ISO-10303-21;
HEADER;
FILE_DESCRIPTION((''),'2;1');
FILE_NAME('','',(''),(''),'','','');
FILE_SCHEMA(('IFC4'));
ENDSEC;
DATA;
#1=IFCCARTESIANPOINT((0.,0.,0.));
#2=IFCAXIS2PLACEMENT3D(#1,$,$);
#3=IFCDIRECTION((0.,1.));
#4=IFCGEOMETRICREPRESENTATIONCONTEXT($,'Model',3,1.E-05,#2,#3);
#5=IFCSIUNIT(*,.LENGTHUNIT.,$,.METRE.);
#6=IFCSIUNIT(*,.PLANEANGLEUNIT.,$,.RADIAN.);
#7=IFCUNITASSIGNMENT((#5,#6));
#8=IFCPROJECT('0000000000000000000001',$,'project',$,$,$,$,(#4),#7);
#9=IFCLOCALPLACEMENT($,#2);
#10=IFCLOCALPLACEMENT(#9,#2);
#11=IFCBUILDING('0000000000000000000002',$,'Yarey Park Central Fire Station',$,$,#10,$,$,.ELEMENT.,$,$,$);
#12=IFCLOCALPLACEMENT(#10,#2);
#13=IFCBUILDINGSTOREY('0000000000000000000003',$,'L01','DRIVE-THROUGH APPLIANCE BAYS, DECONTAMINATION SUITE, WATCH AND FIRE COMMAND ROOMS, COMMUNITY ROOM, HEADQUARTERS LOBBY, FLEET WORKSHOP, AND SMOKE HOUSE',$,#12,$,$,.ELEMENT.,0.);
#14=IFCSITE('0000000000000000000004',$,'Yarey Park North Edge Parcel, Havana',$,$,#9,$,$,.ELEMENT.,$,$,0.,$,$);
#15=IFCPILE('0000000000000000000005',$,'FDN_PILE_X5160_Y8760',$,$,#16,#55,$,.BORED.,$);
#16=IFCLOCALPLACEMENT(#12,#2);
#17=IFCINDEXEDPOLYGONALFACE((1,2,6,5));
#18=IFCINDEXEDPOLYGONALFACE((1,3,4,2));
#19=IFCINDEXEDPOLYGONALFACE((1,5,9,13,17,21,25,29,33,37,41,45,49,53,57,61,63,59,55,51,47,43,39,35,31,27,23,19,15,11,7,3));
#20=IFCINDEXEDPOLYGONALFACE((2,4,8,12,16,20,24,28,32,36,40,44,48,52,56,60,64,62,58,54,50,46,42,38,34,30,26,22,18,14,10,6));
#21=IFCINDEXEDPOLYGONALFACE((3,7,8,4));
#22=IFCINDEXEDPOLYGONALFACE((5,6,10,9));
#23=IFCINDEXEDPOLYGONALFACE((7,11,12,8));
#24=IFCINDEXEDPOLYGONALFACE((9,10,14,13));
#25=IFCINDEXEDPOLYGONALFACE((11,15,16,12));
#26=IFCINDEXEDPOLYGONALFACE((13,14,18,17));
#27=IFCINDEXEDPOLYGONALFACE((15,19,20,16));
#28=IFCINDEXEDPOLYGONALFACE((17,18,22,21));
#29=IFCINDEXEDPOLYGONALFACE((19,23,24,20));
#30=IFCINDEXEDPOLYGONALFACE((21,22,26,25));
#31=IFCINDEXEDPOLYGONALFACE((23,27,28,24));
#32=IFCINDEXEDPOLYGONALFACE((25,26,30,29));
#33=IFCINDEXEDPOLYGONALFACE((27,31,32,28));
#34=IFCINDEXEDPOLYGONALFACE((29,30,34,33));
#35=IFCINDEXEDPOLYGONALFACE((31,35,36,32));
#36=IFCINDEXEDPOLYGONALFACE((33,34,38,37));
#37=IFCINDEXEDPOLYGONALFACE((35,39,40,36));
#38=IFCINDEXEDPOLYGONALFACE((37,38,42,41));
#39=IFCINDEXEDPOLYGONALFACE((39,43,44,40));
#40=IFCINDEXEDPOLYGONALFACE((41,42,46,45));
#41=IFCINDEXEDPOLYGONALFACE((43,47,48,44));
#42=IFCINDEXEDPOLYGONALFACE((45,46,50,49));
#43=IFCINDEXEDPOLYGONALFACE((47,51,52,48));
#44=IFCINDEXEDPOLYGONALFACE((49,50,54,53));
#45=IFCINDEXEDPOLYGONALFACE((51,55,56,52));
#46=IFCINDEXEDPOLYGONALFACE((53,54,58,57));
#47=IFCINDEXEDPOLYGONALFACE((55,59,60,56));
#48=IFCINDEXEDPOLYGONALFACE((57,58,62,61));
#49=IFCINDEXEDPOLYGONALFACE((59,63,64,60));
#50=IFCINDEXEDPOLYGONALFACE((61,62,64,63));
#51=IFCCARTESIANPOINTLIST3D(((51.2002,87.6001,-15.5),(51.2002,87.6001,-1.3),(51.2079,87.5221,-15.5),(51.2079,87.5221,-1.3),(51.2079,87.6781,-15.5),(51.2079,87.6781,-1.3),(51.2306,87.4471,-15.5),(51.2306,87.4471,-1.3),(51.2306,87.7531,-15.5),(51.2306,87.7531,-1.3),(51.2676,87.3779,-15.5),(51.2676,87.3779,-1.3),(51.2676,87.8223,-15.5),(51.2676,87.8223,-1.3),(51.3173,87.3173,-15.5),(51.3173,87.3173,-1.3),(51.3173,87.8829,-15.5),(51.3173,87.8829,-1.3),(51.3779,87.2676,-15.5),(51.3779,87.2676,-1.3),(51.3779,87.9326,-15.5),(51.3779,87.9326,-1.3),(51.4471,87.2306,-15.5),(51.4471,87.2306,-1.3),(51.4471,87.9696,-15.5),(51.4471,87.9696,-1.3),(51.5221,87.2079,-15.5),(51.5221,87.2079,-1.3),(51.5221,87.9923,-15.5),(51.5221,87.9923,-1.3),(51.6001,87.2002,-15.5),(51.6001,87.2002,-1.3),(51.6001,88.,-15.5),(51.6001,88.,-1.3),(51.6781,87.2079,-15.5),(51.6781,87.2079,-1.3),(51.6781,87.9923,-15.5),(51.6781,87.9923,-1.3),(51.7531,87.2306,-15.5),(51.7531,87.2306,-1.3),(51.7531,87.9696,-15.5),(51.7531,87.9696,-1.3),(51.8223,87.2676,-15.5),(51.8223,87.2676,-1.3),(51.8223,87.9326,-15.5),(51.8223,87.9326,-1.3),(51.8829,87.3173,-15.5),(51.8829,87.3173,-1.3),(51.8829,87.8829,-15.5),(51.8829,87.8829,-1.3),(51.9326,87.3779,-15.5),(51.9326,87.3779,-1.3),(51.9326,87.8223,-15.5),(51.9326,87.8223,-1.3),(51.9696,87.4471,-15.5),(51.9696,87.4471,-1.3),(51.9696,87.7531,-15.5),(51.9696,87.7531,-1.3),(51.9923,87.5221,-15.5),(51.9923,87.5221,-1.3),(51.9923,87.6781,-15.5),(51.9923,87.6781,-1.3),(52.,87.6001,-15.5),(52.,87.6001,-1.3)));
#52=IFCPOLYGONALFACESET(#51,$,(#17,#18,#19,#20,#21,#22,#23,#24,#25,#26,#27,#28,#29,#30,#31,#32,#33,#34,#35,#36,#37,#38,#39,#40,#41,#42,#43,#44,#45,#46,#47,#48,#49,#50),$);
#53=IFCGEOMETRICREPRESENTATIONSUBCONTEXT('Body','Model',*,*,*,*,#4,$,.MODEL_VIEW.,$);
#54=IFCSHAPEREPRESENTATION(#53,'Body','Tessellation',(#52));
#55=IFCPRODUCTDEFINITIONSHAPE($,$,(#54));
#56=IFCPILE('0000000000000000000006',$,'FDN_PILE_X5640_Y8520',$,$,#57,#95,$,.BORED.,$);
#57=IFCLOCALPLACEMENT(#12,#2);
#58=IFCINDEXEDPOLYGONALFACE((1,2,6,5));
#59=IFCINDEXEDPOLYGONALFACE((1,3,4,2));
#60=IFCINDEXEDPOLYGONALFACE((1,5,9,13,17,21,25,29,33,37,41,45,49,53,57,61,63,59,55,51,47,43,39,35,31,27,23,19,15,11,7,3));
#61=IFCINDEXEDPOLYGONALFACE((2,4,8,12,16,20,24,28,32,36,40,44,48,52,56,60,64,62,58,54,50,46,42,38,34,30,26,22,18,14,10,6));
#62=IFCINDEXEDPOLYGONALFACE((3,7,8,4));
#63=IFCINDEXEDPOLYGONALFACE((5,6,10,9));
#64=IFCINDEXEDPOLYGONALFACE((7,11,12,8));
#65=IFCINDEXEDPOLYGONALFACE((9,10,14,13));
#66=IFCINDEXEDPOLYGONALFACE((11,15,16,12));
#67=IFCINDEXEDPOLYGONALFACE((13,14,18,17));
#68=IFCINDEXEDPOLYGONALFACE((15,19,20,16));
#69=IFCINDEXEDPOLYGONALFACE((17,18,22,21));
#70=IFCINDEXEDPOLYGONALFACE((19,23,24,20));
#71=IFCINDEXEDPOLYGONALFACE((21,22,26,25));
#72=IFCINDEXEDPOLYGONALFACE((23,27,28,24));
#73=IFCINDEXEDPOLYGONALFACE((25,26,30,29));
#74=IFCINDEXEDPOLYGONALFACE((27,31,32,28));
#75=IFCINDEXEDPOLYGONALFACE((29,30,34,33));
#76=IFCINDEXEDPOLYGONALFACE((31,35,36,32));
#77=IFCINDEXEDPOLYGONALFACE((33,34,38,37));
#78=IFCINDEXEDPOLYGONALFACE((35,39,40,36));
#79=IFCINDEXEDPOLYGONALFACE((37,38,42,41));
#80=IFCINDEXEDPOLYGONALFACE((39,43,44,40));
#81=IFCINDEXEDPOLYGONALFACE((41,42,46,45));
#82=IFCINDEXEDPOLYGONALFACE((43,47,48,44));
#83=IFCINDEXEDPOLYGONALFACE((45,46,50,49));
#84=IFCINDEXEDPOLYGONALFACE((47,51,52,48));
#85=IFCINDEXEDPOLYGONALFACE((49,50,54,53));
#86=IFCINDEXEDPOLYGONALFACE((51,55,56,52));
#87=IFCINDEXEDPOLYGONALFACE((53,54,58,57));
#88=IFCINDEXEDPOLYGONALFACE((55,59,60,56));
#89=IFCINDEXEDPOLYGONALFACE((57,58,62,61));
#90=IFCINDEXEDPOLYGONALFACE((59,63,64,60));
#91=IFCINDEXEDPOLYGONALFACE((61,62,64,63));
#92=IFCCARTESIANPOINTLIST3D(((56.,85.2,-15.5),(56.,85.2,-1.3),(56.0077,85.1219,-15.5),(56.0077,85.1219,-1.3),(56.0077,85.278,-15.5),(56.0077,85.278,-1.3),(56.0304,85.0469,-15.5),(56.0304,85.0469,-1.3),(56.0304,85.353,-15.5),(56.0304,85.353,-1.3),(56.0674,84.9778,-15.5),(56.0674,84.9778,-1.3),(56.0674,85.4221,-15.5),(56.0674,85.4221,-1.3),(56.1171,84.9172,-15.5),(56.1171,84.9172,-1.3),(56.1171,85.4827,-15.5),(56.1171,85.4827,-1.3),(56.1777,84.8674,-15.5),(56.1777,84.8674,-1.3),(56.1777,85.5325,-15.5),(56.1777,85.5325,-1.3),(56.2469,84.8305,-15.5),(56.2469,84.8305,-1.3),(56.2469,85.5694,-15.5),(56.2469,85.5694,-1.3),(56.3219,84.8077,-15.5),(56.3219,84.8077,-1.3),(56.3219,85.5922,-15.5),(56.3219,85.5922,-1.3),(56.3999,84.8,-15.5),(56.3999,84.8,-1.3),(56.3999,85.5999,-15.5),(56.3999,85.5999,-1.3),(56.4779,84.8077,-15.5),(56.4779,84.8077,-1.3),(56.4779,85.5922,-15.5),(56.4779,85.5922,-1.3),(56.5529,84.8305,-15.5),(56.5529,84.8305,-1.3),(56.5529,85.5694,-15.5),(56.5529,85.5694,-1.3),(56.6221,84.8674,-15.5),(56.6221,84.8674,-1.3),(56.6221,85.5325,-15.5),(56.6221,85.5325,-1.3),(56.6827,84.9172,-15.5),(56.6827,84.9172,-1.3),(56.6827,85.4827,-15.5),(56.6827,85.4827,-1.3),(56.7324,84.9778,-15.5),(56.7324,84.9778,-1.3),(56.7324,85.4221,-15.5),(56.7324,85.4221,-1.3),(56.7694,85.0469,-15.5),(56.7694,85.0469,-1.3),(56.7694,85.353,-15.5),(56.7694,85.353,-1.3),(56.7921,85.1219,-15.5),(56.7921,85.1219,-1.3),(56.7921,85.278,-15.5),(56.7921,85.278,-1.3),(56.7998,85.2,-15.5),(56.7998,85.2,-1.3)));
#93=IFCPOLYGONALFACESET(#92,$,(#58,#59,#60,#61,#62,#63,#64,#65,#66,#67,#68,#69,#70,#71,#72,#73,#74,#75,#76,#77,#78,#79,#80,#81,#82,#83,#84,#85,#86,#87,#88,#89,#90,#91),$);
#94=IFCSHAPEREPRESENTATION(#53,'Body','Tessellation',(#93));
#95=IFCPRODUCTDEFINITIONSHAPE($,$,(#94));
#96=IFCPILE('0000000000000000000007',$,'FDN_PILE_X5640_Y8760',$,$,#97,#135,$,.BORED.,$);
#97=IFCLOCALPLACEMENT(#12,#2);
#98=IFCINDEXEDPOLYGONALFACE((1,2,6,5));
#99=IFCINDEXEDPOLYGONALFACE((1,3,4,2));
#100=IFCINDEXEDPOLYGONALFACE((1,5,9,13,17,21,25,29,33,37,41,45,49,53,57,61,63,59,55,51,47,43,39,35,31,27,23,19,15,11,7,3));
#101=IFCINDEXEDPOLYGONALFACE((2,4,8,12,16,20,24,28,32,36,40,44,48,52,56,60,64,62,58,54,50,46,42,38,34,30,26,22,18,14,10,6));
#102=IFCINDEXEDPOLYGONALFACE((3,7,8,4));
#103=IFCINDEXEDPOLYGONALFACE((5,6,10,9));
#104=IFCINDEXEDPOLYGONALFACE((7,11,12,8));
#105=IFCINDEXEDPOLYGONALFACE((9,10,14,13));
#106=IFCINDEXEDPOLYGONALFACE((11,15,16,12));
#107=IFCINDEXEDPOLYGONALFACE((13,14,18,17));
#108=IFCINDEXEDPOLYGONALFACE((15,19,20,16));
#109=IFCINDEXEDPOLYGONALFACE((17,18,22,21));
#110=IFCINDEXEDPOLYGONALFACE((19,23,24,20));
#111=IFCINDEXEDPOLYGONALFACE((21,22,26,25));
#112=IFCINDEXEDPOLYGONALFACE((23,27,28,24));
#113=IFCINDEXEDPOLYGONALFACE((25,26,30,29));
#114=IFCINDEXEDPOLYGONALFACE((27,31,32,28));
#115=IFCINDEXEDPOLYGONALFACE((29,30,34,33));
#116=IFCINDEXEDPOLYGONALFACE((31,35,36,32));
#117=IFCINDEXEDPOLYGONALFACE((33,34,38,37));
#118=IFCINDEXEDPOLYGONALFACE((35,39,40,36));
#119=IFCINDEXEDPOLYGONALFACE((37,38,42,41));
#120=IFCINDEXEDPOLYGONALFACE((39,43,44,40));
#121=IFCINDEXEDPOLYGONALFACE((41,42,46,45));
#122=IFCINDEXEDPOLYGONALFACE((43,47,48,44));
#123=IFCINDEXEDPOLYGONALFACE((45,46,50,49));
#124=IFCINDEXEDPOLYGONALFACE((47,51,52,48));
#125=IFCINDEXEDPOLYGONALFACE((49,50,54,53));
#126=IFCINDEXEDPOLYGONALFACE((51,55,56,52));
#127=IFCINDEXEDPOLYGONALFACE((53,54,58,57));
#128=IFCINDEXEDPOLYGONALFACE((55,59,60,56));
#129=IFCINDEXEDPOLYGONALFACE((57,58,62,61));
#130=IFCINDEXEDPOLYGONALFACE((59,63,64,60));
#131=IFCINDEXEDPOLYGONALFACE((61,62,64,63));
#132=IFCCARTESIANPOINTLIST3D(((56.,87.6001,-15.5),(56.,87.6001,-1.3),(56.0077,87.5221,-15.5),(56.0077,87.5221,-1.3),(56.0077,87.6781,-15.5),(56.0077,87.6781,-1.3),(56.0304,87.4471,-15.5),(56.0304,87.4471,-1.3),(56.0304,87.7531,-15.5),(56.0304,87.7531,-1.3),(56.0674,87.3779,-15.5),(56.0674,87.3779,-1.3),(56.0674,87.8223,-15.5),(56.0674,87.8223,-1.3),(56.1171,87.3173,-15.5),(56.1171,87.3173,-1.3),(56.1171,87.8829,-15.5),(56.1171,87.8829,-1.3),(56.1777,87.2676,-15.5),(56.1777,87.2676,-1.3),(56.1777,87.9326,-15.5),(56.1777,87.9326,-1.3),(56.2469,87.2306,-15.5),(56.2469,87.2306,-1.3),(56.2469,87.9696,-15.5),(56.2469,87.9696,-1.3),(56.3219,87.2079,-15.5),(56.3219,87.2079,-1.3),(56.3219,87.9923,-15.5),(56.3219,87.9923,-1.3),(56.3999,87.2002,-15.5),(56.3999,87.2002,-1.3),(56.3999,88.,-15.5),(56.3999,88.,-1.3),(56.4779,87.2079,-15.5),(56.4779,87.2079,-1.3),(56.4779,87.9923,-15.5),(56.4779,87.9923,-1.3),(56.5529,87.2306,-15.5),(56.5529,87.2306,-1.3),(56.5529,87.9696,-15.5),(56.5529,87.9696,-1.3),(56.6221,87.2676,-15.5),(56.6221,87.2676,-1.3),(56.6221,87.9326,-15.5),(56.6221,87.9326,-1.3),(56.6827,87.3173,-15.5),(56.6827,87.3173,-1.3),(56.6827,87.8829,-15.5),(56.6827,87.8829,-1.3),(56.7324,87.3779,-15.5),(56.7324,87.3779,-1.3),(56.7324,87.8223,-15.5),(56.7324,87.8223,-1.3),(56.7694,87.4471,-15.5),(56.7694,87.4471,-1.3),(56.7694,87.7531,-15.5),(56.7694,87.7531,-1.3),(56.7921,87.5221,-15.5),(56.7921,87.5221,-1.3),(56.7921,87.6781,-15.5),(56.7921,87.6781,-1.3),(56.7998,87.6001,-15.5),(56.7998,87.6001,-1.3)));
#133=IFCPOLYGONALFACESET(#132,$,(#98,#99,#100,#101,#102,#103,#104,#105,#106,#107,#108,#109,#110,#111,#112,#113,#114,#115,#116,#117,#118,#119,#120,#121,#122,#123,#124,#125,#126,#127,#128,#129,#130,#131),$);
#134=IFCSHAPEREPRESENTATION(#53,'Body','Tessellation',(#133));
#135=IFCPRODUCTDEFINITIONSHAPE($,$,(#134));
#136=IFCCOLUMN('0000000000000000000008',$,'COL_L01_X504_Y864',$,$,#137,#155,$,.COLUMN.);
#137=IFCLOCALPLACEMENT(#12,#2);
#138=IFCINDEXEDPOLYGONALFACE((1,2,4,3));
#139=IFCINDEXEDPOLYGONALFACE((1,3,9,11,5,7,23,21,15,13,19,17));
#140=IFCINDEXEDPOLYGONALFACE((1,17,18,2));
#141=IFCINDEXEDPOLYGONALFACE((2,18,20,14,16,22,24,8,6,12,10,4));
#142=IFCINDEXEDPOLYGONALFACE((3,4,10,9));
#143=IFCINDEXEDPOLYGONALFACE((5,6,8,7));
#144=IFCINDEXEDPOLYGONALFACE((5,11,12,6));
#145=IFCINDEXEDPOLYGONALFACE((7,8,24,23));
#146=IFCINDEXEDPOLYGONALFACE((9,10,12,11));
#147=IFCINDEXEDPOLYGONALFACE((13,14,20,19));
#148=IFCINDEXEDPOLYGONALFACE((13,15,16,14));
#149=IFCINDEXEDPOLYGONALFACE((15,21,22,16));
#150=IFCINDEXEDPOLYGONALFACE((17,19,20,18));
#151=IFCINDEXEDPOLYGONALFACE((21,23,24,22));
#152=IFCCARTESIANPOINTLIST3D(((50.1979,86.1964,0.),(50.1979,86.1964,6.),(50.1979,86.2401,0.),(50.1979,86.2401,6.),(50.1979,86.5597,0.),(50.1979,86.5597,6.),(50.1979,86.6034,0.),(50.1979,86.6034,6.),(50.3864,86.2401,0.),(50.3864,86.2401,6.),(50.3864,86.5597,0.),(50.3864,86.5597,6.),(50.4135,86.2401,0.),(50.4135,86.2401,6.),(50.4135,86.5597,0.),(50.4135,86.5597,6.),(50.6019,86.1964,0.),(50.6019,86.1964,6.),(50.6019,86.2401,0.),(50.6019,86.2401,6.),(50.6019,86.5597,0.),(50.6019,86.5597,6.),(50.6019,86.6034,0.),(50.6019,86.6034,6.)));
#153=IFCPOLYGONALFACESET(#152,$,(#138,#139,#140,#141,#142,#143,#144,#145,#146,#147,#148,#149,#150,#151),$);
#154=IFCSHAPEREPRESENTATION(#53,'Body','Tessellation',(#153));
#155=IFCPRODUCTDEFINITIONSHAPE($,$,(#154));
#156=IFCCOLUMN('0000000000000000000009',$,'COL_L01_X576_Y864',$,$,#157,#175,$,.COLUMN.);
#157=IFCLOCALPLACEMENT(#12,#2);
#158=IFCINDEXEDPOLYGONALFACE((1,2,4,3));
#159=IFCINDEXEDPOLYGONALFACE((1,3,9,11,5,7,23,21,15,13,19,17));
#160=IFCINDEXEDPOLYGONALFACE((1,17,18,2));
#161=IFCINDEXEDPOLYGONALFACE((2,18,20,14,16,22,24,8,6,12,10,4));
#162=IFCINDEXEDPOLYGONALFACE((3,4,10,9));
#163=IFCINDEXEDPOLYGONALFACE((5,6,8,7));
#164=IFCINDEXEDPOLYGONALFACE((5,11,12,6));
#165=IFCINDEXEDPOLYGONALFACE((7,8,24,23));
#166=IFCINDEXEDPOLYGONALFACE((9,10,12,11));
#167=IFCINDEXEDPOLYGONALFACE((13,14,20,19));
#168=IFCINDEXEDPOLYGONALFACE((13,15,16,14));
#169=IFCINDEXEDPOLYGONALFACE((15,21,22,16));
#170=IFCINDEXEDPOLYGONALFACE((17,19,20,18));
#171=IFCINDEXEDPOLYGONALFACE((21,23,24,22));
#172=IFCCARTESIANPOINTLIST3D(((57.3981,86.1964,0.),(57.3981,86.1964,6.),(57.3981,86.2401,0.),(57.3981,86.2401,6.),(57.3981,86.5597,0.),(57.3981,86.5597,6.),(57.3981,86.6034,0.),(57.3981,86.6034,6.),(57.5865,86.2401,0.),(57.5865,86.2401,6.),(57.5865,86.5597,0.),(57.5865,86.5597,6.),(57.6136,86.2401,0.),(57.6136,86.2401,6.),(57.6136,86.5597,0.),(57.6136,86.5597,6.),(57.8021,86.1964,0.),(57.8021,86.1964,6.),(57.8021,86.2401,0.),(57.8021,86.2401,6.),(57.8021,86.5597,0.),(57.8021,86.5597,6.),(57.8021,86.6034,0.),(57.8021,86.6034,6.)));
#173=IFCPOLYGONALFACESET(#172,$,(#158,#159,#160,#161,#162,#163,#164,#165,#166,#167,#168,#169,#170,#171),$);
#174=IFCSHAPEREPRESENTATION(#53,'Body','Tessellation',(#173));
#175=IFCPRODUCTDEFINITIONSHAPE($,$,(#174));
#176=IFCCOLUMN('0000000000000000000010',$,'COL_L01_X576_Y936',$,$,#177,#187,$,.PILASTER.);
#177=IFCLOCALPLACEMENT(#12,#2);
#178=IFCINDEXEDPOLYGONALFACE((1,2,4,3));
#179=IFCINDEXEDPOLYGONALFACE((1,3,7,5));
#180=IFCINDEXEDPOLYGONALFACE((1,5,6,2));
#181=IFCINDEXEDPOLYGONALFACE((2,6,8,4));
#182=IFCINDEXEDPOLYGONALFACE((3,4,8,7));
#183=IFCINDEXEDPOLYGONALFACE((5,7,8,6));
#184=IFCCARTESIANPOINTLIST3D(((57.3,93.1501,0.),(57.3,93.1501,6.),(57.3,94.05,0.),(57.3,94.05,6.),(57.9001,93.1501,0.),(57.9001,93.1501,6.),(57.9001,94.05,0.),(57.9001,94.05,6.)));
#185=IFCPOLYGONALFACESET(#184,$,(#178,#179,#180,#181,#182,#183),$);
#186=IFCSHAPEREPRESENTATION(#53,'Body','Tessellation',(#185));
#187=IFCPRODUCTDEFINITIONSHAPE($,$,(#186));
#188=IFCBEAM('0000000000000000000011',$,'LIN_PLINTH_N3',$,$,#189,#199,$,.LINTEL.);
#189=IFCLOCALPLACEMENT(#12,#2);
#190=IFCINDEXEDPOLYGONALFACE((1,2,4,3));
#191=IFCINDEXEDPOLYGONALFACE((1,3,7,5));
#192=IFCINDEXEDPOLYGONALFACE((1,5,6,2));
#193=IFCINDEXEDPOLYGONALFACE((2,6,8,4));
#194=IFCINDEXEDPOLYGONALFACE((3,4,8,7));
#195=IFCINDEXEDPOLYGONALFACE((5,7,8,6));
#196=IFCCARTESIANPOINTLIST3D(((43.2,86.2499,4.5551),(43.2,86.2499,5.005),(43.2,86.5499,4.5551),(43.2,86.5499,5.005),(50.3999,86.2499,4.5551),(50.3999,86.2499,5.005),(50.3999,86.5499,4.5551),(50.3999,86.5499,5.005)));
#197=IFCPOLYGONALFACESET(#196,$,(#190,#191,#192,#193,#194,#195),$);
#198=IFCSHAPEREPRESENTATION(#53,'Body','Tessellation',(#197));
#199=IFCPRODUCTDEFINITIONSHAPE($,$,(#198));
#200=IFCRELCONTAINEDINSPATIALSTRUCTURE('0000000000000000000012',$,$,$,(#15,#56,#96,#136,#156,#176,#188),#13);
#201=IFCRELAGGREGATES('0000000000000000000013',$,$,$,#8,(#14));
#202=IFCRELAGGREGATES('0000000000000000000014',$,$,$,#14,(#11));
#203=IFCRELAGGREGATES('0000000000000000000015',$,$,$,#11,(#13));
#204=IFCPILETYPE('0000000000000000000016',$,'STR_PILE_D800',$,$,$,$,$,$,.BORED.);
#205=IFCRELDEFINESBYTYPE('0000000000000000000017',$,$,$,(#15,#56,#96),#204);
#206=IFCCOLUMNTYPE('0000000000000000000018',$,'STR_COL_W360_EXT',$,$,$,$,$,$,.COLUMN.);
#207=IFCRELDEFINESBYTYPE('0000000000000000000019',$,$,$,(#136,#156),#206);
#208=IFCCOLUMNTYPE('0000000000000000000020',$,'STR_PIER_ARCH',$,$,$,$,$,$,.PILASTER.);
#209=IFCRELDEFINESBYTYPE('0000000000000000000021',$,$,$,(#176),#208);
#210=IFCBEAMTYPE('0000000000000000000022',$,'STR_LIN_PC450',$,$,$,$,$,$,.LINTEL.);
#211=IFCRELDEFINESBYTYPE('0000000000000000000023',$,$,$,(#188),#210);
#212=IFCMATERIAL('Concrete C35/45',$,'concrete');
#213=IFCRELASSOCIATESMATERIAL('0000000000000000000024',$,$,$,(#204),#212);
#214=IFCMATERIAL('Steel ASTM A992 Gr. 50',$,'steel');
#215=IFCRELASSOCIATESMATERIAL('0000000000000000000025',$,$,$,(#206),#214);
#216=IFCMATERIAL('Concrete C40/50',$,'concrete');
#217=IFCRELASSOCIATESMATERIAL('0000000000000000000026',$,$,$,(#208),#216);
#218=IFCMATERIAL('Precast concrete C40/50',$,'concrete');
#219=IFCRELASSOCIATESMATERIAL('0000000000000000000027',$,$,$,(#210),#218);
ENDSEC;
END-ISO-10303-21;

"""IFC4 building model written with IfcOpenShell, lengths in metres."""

from ifc_helpers import new_model, si_unit, direction, frame, origin, origin_2d, place, context, subcontext, project, spatial, rectangle, circle, i_section, extrude, material, material_profile, profile_set, type_object, element, save


model = new_model("IFC4")

# Units and contexts
model_context = context("Model", 3, precision=1e-05, world=origin(), true_north=direction((0.0, 1.0)))
body_context = subcontext(model_context, "Body", "Model", "MODEL_VIEW")
ifc_project = project(units=[si_unit("LENGTHUNIT", "METRE"), si_unit("PLANEANGLEUNIT", "RADIAN")], contexts=[model_context])

# Site, building, storey
site_placement = place(None, origin())
site = spatial("IfcSite", under=ifc_project, at=site_placement, Name="Yarey Park North Edge Parcel, Havana", CompositionType="ELEMENT", RefElevation=0.0)
building_placement = place(site_placement, origin())
building = spatial("IfcBuilding", under=site, at=building_placement, Name="Yarey Park Central Fire Station", CompositionType="ELEMENT")
storey_placement = place(building_placement, origin())
storey = spatial("IfcBuildingStorey", under=building, at=storey_placement, Name="L01", Description="DRIVE-THROUGH APPLIANCE BAYS, DECONTAMINATION SUITE, WATCH AND FIRE COMMAND ROOMS, COMMUNITY ROOM, HEADQUARTERS LOBBY, FLEET WORKSHOP, AND SMOKE HOUSE", CompositionType="ELEMENT", Elevation=0.0)

# Shared definitions
ifc_material_1 = material(Name="Concrete C35/45", Category="concrete")

# Piles
ifc_material_profile_1 = material_profile(ifc_material_1, circle(Radius=0.3999, at=origin_2d()), Name="BORED PILE D800")
ifc_profile_set_1 = profile_set([ifc_material_profile_1], Name="Concrete C35/45")
pile_type_1 = type_object("IfcPileType", Name="STR_PILE_D800", PredefinedType="BORED", material=ifc_profile_set_1)
for number, where, z_axis, x_axis, name in (
    (1, (51.6001, 87.6001, -1.3), (0.0, 0.0, -1.0), (1.0, 0.0, 0.0), "FDN_PILE_X5160_Y8760"),
    (2, (56.3999, 85.2, -1.3), (0.0, 0.0, -1.0), (1.0, 0.0, 0.0), "FDN_PILE_X5640_Y8520"),
    (3, (56.3999, 87.6001, -1.3), (0.0, 0.0, -1.0), (1.0, 0.0, 0.0), "FDN_PILE_X5640_Y8760"),
):
    element("IfcPile", number, at=place(storey_placement, frame(where, z_axis=z_axis, x_axis=x_axis)), inside=storey, type_object=pile_type_1, Name=name, PredefinedType="BORED", context=body_context, shape_type="SweptSolid", body=[
        extrude(circle(Radius=0.3999, at=origin_2d()), origin(), (0.0, 0.0, 1.0), 14.2),
    ])

# Columns
ifc_material_2 = material(Name="Steel ASTM A992 Gr. 50", Category="steel")
ifc_material_profile_2 = material_profile(ifc_material_2, i_section(OverallWidth=0.4041, OverallDepth=0.407, WebThickness=0.0271, FlangeThickness=0.0437, at=origin_2d()), Name="W360x347")
ifc_profile_set_2 = profile_set([ifc_material_profile_2], Name="Steel ASTM A992 Gr. 50")
column_type_1 = type_object("IfcColumnType", Name="STR_COL_W360_EXT", PredefinedType="COLUMN", material=ifc_profile_set_2)
for number, where, z_axis, x_axis, name in (
    (4, (50.3999, 86.3999, 0.0), (0.0, 0.0, 1.0), (1.0, 0.0, 0.0), "COL_L01_X504_Y864"),
    (5, (57.6001, 86.3999, 0.0), (0.0, 0.0, 1.0), (1.0, 0.0, 0.0), "COL_L01_X576_Y864"),
):
    element("IfcColumn", number, at=place(storey_placement, frame(where, z_axis=z_axis, x_axis=x_axis)), inside=storey, type_object=column_type_1, Name=name, PredefinedType="COLUMN", context=body_context, shape_type="SweptSolid", body=[
        extrude(i_section(OverallWidth=0.4041, OverallDepth=0.407, WebThickness=0.0271, FlangeThickness=0.0437, at=origin_2d()), origin(), (0.0, 0.0, 1.0), 6.0),
    ])
ifc_material_3 = material(Name="Concrete C40/50", Category="concrete")
ifc_material_profile_3 = material_profile(ifc_material_3, rectangle(XDim=0.6001, YDim=0.8999, at=origin_2d()), Name="RC 900x600")
ifc_profile_set_3 = profile_set([ifc_material_profile_3], Name="Concrete C40/50")
column_type_2 = type_object("IfcColumnType", Name="STR_PIER_ARCH", PredefinedType="PILASTER", material=ifc_profile_set_3)
column_placement = place(storey_placement, frame((57.6001, 93.6001, 0.0), z_axis=(0.0, 0.0, 1.0), x_axis=(1.0, 0.0, 0.0)))
element("IfcColumn", 6, at=column_placement, inside=storey, type_object=column_type_2, Name="COL_L01_X576_Y936", PredefinedType="PILASTER", context=body_context, shape_type="SweptSolid", body=[
    extrude(rectangle(XDim=0.6001, YDim=0.8999, at=origin_2d()), origin(), (0.0, 0.0, 1.0), 6.0),
])

# Beam
ifc_material_4 = material(Name="Precast concrete C40/50", Category="concrete")
ifc_material_profile_4 = material_profile(ifc_material_4, rectangle(XDim=0.3, YDim=0.45, at=origin_2d()), Name="PC 300x450")
ifc_profile_set_4 = profile_set([ifc_material_profile_4], Name="Precast concrete C40/50")
beam_type = type_object("IfcBeamType", Name="STR_LIN_PC450", PredefinedType="LINTEL", material=ifc_profile_set_4)
beam_1_placement = place(storey_placement, frame((43.2, 86.3999, 4.78), z_axis=(1.0, 0.0, 0.0), x_axis=(0.0, 1.0, 0.0)))
element("IfcBeam", 7, at=beam_1_placement, inside=storey, type_object=beam_type, Name="LIN_PLINTH_N3", PredefinedType="LINTEL", context=body_context, shape_type="SweptSolid", body=[
    extrude(rectangle(XDim=0.3, YDim=0.45, at=origin_2d()), origin(), (0.0, 0.0, 1.0), 7.2),
])

save(model, "model.ifc")
